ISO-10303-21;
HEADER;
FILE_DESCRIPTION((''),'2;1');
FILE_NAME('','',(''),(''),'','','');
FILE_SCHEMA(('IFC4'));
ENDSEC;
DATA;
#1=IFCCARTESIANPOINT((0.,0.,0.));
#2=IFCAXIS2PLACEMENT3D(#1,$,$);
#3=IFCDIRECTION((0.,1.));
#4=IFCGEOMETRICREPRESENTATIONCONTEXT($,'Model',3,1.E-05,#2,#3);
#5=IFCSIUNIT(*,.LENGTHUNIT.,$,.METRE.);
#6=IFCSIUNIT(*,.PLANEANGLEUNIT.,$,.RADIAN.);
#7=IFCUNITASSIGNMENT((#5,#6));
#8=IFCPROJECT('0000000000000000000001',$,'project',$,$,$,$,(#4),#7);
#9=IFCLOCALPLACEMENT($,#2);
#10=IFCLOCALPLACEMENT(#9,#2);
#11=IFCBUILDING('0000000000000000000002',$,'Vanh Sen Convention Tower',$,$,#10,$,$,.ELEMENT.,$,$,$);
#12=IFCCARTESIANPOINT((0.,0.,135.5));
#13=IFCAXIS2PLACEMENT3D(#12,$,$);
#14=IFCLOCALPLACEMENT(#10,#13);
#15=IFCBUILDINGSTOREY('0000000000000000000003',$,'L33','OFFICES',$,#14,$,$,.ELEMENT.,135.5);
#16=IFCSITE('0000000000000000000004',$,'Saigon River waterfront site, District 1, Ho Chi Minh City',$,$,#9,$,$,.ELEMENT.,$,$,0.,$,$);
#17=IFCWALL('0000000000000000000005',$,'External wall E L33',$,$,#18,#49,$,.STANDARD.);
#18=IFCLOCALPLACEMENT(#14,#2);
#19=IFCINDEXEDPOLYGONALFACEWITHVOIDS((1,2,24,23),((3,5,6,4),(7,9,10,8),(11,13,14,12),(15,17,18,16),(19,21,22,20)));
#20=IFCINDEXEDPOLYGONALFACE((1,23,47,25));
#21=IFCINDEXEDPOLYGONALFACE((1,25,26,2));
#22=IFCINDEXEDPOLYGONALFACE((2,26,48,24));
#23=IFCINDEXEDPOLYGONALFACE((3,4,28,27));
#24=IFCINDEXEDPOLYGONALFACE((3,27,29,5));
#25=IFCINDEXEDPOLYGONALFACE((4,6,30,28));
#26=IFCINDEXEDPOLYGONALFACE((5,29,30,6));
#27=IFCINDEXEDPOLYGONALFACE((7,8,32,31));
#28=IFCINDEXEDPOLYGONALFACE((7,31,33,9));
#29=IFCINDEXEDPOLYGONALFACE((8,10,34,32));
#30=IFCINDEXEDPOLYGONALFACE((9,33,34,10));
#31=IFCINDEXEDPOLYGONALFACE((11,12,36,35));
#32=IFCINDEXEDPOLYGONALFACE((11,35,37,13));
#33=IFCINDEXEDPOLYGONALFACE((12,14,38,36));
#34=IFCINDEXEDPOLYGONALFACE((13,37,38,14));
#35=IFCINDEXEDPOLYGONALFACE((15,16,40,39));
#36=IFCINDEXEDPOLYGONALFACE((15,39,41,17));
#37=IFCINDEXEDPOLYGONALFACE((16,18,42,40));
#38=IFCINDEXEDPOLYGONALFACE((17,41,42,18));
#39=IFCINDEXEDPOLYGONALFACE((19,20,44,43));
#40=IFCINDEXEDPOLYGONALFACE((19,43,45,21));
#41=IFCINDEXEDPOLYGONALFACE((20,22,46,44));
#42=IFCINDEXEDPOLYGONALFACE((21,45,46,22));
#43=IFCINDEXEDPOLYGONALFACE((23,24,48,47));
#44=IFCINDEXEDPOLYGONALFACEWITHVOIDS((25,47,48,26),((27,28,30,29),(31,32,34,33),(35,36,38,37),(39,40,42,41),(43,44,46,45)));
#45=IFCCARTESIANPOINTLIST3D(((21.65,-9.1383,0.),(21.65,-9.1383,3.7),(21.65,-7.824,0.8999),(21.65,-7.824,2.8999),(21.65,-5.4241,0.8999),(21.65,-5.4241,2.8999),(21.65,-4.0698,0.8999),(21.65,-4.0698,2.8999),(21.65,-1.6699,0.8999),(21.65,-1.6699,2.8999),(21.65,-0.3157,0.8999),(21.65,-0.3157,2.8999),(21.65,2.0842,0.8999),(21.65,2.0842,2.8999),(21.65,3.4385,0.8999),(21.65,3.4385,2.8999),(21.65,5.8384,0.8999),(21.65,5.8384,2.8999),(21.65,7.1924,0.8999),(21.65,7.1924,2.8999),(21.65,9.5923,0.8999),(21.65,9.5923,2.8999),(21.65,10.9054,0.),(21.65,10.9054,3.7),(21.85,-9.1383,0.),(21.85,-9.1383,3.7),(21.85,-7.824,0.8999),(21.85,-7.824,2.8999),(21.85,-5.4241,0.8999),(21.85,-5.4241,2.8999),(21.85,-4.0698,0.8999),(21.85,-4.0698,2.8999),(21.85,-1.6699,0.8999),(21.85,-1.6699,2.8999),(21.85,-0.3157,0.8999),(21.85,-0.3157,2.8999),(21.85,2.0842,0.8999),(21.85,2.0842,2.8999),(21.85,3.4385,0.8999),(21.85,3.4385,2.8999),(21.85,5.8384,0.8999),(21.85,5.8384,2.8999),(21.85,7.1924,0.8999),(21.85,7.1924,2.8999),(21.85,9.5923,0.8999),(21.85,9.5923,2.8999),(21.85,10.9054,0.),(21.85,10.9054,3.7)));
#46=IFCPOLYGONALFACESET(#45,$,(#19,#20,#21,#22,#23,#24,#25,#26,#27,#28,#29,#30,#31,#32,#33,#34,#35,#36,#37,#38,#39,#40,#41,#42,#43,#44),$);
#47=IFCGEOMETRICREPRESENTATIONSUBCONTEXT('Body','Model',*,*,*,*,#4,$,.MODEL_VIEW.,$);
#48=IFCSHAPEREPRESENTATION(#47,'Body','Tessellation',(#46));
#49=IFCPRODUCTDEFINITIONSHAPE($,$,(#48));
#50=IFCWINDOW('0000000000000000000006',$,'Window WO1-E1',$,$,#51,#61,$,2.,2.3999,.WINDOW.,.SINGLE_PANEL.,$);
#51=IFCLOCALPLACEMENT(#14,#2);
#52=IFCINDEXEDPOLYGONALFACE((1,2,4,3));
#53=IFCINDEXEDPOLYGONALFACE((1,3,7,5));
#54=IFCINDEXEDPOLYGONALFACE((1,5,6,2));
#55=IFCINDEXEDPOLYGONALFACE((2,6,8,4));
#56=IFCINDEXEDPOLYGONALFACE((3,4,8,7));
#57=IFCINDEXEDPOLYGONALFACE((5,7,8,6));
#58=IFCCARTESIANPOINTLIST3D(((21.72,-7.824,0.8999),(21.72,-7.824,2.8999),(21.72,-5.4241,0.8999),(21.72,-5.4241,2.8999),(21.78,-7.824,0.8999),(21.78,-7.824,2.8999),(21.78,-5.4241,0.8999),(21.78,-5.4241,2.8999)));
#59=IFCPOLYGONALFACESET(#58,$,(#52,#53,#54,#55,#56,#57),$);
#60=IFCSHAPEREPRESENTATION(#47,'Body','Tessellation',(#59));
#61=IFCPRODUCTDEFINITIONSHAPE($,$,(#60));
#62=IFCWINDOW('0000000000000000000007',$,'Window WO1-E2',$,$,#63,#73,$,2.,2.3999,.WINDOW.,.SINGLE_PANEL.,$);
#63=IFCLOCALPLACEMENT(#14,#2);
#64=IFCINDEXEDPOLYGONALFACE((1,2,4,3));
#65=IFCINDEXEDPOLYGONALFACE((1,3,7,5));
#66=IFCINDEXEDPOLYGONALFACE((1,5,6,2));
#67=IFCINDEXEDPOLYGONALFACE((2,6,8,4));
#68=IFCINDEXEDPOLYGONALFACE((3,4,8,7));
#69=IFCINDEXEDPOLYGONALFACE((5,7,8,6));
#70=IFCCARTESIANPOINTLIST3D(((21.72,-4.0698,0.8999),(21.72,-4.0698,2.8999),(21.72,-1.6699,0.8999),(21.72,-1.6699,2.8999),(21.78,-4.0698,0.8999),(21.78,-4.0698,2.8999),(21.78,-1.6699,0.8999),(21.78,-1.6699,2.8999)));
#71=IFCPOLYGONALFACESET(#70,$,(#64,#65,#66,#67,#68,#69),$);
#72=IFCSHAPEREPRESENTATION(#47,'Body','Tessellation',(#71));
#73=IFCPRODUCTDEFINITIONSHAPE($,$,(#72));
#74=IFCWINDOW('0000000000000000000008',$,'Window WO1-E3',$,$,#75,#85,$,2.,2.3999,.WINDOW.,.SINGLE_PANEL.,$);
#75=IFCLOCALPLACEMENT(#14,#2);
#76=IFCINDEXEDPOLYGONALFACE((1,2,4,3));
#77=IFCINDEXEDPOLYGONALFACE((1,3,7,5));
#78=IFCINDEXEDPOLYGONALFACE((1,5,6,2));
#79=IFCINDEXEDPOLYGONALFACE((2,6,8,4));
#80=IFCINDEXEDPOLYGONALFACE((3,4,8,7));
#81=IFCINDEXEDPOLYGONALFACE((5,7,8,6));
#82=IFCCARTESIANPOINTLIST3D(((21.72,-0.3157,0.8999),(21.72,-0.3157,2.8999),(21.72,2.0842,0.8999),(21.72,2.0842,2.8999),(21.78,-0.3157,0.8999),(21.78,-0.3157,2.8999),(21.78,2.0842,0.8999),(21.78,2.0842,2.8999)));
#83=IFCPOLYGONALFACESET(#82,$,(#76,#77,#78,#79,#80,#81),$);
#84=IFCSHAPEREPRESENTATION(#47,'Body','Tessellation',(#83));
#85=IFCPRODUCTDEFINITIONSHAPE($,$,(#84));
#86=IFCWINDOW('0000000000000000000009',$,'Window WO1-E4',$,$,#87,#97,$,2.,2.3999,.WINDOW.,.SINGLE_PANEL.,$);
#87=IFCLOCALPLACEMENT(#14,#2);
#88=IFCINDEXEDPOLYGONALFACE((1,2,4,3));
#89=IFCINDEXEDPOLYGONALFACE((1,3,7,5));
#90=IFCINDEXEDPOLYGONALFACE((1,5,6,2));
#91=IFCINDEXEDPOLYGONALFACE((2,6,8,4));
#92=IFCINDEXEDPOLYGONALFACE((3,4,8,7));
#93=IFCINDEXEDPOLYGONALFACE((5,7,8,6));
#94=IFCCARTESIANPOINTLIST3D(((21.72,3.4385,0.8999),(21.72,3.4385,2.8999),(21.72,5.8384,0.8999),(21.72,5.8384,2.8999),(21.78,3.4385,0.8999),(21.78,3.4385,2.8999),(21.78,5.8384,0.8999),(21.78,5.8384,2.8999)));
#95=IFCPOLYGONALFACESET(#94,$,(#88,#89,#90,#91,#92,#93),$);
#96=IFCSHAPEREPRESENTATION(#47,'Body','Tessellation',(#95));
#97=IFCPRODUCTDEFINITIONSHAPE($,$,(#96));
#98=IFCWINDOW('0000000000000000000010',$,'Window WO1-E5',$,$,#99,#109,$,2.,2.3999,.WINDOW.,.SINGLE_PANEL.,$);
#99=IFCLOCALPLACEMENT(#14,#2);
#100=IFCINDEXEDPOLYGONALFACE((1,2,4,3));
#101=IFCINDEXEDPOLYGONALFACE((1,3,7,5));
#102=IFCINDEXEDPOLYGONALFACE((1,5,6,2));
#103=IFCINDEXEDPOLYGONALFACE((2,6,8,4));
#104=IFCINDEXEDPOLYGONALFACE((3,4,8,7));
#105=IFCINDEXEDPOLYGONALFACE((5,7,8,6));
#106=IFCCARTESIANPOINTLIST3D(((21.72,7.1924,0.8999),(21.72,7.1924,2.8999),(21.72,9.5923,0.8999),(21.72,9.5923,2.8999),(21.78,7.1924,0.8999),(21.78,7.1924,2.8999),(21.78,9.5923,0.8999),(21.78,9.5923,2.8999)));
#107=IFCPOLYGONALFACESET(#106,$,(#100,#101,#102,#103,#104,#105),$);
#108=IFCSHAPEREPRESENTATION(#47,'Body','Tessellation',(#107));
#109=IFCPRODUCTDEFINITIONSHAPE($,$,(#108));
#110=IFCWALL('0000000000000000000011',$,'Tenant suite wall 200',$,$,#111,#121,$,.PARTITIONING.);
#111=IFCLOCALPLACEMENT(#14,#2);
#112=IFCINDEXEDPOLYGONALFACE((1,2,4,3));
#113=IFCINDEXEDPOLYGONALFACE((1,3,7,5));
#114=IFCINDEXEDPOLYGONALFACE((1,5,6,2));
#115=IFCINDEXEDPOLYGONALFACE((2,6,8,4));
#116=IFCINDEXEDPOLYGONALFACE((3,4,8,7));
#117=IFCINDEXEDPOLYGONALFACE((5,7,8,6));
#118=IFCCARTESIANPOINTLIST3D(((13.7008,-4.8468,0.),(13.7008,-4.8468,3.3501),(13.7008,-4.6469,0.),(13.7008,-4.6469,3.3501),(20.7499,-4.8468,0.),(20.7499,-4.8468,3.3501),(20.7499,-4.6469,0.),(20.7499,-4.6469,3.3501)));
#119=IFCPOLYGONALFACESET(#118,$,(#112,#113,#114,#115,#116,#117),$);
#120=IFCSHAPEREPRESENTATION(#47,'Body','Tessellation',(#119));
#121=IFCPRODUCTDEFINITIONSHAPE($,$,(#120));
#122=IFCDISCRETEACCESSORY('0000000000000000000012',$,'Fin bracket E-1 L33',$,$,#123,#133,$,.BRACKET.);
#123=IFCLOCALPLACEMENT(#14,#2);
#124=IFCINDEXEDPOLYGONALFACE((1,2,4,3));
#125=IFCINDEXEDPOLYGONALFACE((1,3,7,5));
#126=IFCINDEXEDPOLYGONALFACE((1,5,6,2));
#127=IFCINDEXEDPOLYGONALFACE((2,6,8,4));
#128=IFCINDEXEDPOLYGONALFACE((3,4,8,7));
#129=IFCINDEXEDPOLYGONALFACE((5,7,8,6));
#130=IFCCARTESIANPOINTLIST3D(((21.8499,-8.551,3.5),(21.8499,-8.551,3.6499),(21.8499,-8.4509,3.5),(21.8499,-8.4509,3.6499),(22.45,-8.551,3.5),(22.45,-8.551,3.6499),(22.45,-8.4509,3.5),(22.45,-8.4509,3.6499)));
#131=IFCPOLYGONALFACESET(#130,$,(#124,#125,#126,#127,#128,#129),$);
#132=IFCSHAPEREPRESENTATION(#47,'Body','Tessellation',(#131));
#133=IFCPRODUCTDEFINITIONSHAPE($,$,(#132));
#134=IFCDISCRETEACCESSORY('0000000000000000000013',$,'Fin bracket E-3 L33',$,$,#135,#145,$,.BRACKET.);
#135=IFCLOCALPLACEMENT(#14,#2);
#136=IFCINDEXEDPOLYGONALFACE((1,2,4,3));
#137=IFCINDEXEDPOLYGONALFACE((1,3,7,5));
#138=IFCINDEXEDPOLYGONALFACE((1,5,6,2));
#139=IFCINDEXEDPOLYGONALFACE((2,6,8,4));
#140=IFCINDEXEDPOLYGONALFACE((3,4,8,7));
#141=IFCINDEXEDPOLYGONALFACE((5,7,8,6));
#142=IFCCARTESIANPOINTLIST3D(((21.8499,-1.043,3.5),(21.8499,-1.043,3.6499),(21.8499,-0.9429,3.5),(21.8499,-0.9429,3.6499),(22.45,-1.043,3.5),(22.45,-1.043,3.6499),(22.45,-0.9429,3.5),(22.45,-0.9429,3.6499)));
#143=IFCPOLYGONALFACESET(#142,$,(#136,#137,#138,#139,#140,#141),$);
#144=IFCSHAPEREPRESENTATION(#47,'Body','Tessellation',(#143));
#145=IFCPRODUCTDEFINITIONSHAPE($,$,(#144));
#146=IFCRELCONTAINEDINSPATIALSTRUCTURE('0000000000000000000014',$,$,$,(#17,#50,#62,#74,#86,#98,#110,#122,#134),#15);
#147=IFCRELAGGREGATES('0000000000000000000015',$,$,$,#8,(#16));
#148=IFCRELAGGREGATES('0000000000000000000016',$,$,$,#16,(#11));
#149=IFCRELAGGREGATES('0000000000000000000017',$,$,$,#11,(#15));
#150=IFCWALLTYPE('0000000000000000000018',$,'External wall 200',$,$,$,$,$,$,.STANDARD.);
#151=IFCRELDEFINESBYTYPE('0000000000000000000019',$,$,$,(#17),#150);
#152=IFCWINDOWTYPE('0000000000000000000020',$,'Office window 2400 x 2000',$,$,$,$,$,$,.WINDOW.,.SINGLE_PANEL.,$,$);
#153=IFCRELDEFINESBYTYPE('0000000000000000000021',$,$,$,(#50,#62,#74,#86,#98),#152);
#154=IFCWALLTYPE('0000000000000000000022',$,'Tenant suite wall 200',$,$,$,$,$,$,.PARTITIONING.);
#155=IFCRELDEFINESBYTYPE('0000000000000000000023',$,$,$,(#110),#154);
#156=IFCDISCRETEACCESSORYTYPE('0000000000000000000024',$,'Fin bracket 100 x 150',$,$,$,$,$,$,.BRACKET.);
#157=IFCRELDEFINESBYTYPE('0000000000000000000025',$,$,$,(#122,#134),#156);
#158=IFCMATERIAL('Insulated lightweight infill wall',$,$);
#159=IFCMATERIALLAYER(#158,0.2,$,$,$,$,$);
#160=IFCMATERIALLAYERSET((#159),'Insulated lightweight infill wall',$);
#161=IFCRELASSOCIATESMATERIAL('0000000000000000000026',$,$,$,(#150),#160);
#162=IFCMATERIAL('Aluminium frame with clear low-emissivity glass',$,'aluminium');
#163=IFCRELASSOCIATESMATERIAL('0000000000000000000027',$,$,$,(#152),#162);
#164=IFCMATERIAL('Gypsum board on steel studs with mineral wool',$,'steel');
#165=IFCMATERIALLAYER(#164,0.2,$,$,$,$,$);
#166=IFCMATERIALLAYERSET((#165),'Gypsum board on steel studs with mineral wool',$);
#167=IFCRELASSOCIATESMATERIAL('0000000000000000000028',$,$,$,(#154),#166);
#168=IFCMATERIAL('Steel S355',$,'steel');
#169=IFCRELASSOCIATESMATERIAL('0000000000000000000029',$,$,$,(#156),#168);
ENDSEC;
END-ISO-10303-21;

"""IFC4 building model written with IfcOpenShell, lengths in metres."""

from ifc_helpers import new_model, si_unit, direction, frame, frame_2d, origin, origin_2d, place, context, subcontext, project, spatial, rectangle, extrude, material, layer, layer_set, type_object, element, fill, save


model = new_model("IFC4")

# Units and contexts
model_context = context("Model", 3, precision=1e-05, world=origin(), true_north=direction((0.0, 1.0)))
body_context = subcontext(model_context, "Body", "Model", "MODEL_VIEW")
ifc_project = project(units=[si_unit("LENGTHUNIT", "METRE"), si_unit("PLANEANGLEUNIT", "RADIAN")], contexts=[model_context])

# Site, building, storey
site_placement = place(None, origin())
site = spatial("IfcSite", under=ifc_project, at=site_placement, Name="Saigon River waterfront site, District 1, Ho Chi Minh City", CompositionType="ELEMENT", RefElevation=0.0)
building_placement = place(site_placement, origin())
building = spatial("IfcBuilding", under=site, at=building_placement, Name="Vanh Sen Convention Tower", CompositionType="ELEMENT")
storey_placement = place(building_placement, frame((0.0, 0.0, 135.5)))
storey = spatial("IfcBuildingStorey", under=building, at=storey_placement, Name="L33", Description="OFFICES", CompositionType="ELEMENT", Elevation=135.5)

# Wall, openings, windows
ifc_material_1 = material(Name="Insulated lightweight infill wall")
ifc_layer_1 = layer(ifc_material_1, 0.2)
ifc_layer_set_1 = layer_set([ifc_layer_1], Name="Insulated lightweight infill wall")
wall_type_1 = type_object("IfcWallType", Name="External wall 200", PredefinedType="STANDARD", material=ifc_layer_set_1)
wall_1_placement = place(storey_placement, frame((21.75, -9.1384, 0.0), z_axis=(0.0, 0.0, 1.0), x_axis=(0.0, 1.0, 0.0)))
wall_1 = element("IfcWall", 1, at=wall_1_placement, inside=storey, type_object=wall_type_1, Name="External wall E L33", PredefinedType="STANDARD", context=body_context, shape_type="SweptSolid", body=[
    extrude(rectangle(XDim=20.0437, YDim=0.2, at=frame_2d((10.022, 0.0))), origin(), (0.0, 0.0, 1.0), 3.7),
])
opening_1_placement = place(wall_1_placement, frame((1.3145, 0.0, 0.8999)))
opening_1 = element("IfcOpeningElement", 2, at=opening_1_placement, cuts=wall_1, PredefinedType="OPENING", context=body_context, shape_type="SweptSolid", body=[
    extrude(rectangle(XDim=2.3999, YDim=2.0, at=frame_2d((1.2, 1.0))), frame((0.0, 0.1099, 0.0), z_axis=(0.0, -1.0, 0.0), x_axis=(1.0, 0.0, 0.0)), (0.0, 0.0, 1.0), 0.22),
])
opening_2_placement = place(wall_1_placement, frame((5.0686, 0.0, 0.8999)))
opening_2 = element("IfcOpeningElement", 3, at=opening_2_placement, cuts=wall_1, PredefinedType="OPENING", context=body_context, shape_type="SweptSolid", body=[
    extrude(rectangle(XDim=2.3999, YDim=2.0, at=frame_2d((1.2, 1.0))), frame((0.0, 0.1099, 0.0), z_axis=(0.0, -1.0, 0.0), x_axis=(1.0, 0.0, 0.0)), (0.0, 0.0, 1.0), 0.22),
])
opening_3_placement = place(wall_1_placement, frame((8.8228, 0.0, 0.8999)))
opening_3 = element("IfcOpeningElement", 4, at=opening_3_placement, cuts=wall_1, PredefinedType="OPENING", context=body_context, shape_type="SweptSolid", body=[
    extrude(rectangle(XDim=2.3999, YDim=2.0, at=frame_2d((1.2, 1.0))), frame((0.0, 0.1099, 0.0), z_axis=(0.0, -1.0, 0.0), x_axis=(1.0, 0.0, 0.0)), (0.0, 0.0, 1.0), 0.22),
])
opening_4_placement = place(wall_1_placement, frame((12.5769, 0.0, 0.8999)))
opening_4 = element("IfcOpeningElement", 5, at=opening_4_placement, cuts=wall_1, PredefinedType="OPENING", context=body_context, shape_type="SweptSolid", body=[
    extrude(rectangle(XDim=2.3999, YDim=2.0, at=frame_2d((1.2, 1.0))), frame((0.0, 0.1099, 0.0), z_axis=(0.0, -1.0, 0.0), x_axis=(1.0, 0.0, 0.0)), (0.0, 0.0, 1.0), 0.22),
])
opening_5_placement = place(wall_1_placement, frame((16.3308, 0.0, 0.8999)))
opening_5 = element("IfcOpeningElement", 6, at=opening_5_placement, cuts=wall_1, PredefinedType="OPENING", context=body_context, shape_type="SweptSolid", body=[
    extrude(rectangle(XDim=2.3999, YDim=2.0, at=frame_2d((1.2, 1.0))), frame((0.0, 0.1099, 0.0), z_axis=(0.0, -1.0, 0.0), x_axis=(1.0, 0.0, 0.0)), (0.0, 0.0, 1.0), 0.22),
])
ifc_material_2 = material(Name="Aluminium frame with clear low-emissivity glass", Category="aluminium")
window_type = type_object("IfcWindowType", Name="Office window 2400 x 2000", PartitioningType="SINGLE_PANEL", PredefinedType="WINDOW", material=ifc_material_2)
window_1_placement = place(opening_1_placement, origin())
window_1 = element("IfcWindow", 7, at=window_1_placement, inside=storey, type_object=window_type, Name="Window WO1-E1", OverallHeight=2.0, OverallWidth=2.3999, PartitioningType="SINGLE_PANEL", PredefinedType="WINDOW", context=body_context, shape_type="SweptSolid", body=[
    extrude(rectangle(XDim=2.3999, YDim=2.0, at=frame_2d((1.2, 1.0))), frame((0.0, 0.03, 0.0), z_axis=(0.0, -1.0, 0.0), x_axis=(1.0, 0.0, 0.0)), (0.0, 0.0, 1.0), 0.0601),
])
fill(opening_1, window_1)
window_2_placement = place(opening_2_placement, origin())
window_2 = element("IfcWindow", 8, at=window_2_placement, inside=storey, type_object=window_type, Name="Window WO1-E2", OverallHeight=2.0, OverallWidth=2.3999, PartitioningType="SINGLE_PANEL", PredefinedType="WINDOW", context=body_context, shape_type="SweptSolid", body=[
    extrude(rectangle(XDim=2.3999, YDim=2.0, at=frame_2d((1.2, 1.0))), frame((0.0, 0.03, 0.0), z_axis=(0.0, -1.0, 0.0), x_axis=(1.0, 0.0, 0.0)), (0.0, 0.0, 1.0), 0.0601),
])
fill(opening_2, window_2)
window_3_placement = place(opening_3_placement, origin())
window_3 = element("IfcWindow", 9, at=window_3_placement, inside=storey, type_object=window_type, Name="Window WO1-E3", OverallHeight=2.0, OverallWidth=2.3999, PartitioningType="SINGLE_PANEL", PredefinedType="WINDOW", context=body_context, shape_type="SweptSolid", body=[
    extrude(rectangle(XDim=2.3999, YDim=2.0, at=frame_2d((1.2, 1.0))), frame((0.0, 0.03, 0.0), z_axis=(0.0, -1.0, 0.0), x_axis=(1.0, 0.0, 0.0)), (0.0, 0.0, 1.0), 0.0601),
])
fill(opening_3, window_3)
window_4_placement = place(opening_4_placement, origin())
window_4 = element("IfcWindow", 10, at=window_4_placement, inside=storey, type_object=window_type, Name="Window WO1-E4", OverallHeight=2.0, OverallWidth=2.3999, PartitioningType="SINGLE_PANEL", PredefinedType="WINDOW", context=body_context, shape_type="SweptSolid", body=[
    extrude(rectangle(XDim=2.3999, YDim=2.0, at=frame_2d((1.2, 1.0))), frame((0.0, 0.03, 0.0), z_axis=(0.0, -1.0, 0.0), x_axis=(1.0, 0.0, 0.0)), (0.0, 0.0, 1.0), 0.0601),
])
fill(opening_4, window_4)
window_5_placement = place(opening_5_placement, origin())
window_5 = element("IfcWindow", 11, at=window_5_placement, inside=storey, type_object=window_type, Name="Window WO1-E5", OverallHeight=2.0, OverallWidth=2.3999, PartitioningType="SINGLE_PANEL", PredefinedType="WINDOW", context=body_context, shape_type="SweptSolid", body=[
    extrude(rectangle(XDim=2.3999, YDim=2.0, at=frame_2d((1.2, 1.0))), frame((0.0, 0.03, 0.0), z_axis=(0.0, -1.0, 0.0), x_axis=(1.0, 0.0, 0.0)), (0.0, 0.0, 1.0), 0.0601),
])
fill(opening_5, window_5)

# Wall
ifc_material_3 = material(Name="Gypsum board on steel studs with mineral wool", Category="steel")
ifc_layer_2 = layer(ifc_material_3, 0.2)
ifc_layer_set_2 = layer_set([ifc_layer_2], Name="Gypsum board on steel studs with mineral wool")
wall_type_2 = type_object("IfcWallType", Name="Tenant suite wall 200", PredefinedType="PARTITIONING", material=ifc_layer_set_2)
wall_2_placement = place(storey_placement, frame((13.7009, -4.7468, 0.0), z_axis=(0.0, 0.0, 1.0), x_axis=(1.0, 0.0, 0.0)))
element("IfcWall", 12, at=wall_2_placement, inside=storey, type_object=wall_type_2, Name="Tenant suite wall 200", PredefinedType="PARTITIONING", context=body_context, shape_type="SweptSolid", body=[
    extrude(rectangle(XDim=7.0491, YDim=0.2, at=frame_2d((3.5244, 0.0))), origin(), (0.0, 0.0, 1.0), 3.3501),
])

# Discrete accessories
ifc_material_4 = material(Name="Steel S355", Category="steel")
discrete_accessory_type = type_object("IfcDiscreteAccessoryType", Name="Fin bracket 100 x 150", PredefinedType="BRACKET", material=ifc_material_4)
for number, where, z_axis, x_axis, name in (
    (13, (22.1499, -8.501, 3.5), (0.0, 0.0, 1.0), (1.0, 0.0, 0.0), "Fin bracket E-1 L33"),
    (14, (22.1499, -0.9929, 3.5), (0.0, 0.0, 1.0), (1.0, 0.0, 0.0), "Fin bracket E-3 L33"),
):
    element("IfcDiscreteAccessory", number, at=place(storey_placement, frame(where, z_axis=z_axis, x_axis=x_axis)), inside=storey, type_object=discrete_accessory_type, Name=name, PredefinedType="BRACKET", context=body_context, shape_type="SweptSolid", body=[
        extrude(rectangle(XDim=0.6001, YDim=0.1001, at=origin_2d()), origin(), (0.0, 0.0, 1.0), 0.1499),
    ])

save(model, "model.ifc")
